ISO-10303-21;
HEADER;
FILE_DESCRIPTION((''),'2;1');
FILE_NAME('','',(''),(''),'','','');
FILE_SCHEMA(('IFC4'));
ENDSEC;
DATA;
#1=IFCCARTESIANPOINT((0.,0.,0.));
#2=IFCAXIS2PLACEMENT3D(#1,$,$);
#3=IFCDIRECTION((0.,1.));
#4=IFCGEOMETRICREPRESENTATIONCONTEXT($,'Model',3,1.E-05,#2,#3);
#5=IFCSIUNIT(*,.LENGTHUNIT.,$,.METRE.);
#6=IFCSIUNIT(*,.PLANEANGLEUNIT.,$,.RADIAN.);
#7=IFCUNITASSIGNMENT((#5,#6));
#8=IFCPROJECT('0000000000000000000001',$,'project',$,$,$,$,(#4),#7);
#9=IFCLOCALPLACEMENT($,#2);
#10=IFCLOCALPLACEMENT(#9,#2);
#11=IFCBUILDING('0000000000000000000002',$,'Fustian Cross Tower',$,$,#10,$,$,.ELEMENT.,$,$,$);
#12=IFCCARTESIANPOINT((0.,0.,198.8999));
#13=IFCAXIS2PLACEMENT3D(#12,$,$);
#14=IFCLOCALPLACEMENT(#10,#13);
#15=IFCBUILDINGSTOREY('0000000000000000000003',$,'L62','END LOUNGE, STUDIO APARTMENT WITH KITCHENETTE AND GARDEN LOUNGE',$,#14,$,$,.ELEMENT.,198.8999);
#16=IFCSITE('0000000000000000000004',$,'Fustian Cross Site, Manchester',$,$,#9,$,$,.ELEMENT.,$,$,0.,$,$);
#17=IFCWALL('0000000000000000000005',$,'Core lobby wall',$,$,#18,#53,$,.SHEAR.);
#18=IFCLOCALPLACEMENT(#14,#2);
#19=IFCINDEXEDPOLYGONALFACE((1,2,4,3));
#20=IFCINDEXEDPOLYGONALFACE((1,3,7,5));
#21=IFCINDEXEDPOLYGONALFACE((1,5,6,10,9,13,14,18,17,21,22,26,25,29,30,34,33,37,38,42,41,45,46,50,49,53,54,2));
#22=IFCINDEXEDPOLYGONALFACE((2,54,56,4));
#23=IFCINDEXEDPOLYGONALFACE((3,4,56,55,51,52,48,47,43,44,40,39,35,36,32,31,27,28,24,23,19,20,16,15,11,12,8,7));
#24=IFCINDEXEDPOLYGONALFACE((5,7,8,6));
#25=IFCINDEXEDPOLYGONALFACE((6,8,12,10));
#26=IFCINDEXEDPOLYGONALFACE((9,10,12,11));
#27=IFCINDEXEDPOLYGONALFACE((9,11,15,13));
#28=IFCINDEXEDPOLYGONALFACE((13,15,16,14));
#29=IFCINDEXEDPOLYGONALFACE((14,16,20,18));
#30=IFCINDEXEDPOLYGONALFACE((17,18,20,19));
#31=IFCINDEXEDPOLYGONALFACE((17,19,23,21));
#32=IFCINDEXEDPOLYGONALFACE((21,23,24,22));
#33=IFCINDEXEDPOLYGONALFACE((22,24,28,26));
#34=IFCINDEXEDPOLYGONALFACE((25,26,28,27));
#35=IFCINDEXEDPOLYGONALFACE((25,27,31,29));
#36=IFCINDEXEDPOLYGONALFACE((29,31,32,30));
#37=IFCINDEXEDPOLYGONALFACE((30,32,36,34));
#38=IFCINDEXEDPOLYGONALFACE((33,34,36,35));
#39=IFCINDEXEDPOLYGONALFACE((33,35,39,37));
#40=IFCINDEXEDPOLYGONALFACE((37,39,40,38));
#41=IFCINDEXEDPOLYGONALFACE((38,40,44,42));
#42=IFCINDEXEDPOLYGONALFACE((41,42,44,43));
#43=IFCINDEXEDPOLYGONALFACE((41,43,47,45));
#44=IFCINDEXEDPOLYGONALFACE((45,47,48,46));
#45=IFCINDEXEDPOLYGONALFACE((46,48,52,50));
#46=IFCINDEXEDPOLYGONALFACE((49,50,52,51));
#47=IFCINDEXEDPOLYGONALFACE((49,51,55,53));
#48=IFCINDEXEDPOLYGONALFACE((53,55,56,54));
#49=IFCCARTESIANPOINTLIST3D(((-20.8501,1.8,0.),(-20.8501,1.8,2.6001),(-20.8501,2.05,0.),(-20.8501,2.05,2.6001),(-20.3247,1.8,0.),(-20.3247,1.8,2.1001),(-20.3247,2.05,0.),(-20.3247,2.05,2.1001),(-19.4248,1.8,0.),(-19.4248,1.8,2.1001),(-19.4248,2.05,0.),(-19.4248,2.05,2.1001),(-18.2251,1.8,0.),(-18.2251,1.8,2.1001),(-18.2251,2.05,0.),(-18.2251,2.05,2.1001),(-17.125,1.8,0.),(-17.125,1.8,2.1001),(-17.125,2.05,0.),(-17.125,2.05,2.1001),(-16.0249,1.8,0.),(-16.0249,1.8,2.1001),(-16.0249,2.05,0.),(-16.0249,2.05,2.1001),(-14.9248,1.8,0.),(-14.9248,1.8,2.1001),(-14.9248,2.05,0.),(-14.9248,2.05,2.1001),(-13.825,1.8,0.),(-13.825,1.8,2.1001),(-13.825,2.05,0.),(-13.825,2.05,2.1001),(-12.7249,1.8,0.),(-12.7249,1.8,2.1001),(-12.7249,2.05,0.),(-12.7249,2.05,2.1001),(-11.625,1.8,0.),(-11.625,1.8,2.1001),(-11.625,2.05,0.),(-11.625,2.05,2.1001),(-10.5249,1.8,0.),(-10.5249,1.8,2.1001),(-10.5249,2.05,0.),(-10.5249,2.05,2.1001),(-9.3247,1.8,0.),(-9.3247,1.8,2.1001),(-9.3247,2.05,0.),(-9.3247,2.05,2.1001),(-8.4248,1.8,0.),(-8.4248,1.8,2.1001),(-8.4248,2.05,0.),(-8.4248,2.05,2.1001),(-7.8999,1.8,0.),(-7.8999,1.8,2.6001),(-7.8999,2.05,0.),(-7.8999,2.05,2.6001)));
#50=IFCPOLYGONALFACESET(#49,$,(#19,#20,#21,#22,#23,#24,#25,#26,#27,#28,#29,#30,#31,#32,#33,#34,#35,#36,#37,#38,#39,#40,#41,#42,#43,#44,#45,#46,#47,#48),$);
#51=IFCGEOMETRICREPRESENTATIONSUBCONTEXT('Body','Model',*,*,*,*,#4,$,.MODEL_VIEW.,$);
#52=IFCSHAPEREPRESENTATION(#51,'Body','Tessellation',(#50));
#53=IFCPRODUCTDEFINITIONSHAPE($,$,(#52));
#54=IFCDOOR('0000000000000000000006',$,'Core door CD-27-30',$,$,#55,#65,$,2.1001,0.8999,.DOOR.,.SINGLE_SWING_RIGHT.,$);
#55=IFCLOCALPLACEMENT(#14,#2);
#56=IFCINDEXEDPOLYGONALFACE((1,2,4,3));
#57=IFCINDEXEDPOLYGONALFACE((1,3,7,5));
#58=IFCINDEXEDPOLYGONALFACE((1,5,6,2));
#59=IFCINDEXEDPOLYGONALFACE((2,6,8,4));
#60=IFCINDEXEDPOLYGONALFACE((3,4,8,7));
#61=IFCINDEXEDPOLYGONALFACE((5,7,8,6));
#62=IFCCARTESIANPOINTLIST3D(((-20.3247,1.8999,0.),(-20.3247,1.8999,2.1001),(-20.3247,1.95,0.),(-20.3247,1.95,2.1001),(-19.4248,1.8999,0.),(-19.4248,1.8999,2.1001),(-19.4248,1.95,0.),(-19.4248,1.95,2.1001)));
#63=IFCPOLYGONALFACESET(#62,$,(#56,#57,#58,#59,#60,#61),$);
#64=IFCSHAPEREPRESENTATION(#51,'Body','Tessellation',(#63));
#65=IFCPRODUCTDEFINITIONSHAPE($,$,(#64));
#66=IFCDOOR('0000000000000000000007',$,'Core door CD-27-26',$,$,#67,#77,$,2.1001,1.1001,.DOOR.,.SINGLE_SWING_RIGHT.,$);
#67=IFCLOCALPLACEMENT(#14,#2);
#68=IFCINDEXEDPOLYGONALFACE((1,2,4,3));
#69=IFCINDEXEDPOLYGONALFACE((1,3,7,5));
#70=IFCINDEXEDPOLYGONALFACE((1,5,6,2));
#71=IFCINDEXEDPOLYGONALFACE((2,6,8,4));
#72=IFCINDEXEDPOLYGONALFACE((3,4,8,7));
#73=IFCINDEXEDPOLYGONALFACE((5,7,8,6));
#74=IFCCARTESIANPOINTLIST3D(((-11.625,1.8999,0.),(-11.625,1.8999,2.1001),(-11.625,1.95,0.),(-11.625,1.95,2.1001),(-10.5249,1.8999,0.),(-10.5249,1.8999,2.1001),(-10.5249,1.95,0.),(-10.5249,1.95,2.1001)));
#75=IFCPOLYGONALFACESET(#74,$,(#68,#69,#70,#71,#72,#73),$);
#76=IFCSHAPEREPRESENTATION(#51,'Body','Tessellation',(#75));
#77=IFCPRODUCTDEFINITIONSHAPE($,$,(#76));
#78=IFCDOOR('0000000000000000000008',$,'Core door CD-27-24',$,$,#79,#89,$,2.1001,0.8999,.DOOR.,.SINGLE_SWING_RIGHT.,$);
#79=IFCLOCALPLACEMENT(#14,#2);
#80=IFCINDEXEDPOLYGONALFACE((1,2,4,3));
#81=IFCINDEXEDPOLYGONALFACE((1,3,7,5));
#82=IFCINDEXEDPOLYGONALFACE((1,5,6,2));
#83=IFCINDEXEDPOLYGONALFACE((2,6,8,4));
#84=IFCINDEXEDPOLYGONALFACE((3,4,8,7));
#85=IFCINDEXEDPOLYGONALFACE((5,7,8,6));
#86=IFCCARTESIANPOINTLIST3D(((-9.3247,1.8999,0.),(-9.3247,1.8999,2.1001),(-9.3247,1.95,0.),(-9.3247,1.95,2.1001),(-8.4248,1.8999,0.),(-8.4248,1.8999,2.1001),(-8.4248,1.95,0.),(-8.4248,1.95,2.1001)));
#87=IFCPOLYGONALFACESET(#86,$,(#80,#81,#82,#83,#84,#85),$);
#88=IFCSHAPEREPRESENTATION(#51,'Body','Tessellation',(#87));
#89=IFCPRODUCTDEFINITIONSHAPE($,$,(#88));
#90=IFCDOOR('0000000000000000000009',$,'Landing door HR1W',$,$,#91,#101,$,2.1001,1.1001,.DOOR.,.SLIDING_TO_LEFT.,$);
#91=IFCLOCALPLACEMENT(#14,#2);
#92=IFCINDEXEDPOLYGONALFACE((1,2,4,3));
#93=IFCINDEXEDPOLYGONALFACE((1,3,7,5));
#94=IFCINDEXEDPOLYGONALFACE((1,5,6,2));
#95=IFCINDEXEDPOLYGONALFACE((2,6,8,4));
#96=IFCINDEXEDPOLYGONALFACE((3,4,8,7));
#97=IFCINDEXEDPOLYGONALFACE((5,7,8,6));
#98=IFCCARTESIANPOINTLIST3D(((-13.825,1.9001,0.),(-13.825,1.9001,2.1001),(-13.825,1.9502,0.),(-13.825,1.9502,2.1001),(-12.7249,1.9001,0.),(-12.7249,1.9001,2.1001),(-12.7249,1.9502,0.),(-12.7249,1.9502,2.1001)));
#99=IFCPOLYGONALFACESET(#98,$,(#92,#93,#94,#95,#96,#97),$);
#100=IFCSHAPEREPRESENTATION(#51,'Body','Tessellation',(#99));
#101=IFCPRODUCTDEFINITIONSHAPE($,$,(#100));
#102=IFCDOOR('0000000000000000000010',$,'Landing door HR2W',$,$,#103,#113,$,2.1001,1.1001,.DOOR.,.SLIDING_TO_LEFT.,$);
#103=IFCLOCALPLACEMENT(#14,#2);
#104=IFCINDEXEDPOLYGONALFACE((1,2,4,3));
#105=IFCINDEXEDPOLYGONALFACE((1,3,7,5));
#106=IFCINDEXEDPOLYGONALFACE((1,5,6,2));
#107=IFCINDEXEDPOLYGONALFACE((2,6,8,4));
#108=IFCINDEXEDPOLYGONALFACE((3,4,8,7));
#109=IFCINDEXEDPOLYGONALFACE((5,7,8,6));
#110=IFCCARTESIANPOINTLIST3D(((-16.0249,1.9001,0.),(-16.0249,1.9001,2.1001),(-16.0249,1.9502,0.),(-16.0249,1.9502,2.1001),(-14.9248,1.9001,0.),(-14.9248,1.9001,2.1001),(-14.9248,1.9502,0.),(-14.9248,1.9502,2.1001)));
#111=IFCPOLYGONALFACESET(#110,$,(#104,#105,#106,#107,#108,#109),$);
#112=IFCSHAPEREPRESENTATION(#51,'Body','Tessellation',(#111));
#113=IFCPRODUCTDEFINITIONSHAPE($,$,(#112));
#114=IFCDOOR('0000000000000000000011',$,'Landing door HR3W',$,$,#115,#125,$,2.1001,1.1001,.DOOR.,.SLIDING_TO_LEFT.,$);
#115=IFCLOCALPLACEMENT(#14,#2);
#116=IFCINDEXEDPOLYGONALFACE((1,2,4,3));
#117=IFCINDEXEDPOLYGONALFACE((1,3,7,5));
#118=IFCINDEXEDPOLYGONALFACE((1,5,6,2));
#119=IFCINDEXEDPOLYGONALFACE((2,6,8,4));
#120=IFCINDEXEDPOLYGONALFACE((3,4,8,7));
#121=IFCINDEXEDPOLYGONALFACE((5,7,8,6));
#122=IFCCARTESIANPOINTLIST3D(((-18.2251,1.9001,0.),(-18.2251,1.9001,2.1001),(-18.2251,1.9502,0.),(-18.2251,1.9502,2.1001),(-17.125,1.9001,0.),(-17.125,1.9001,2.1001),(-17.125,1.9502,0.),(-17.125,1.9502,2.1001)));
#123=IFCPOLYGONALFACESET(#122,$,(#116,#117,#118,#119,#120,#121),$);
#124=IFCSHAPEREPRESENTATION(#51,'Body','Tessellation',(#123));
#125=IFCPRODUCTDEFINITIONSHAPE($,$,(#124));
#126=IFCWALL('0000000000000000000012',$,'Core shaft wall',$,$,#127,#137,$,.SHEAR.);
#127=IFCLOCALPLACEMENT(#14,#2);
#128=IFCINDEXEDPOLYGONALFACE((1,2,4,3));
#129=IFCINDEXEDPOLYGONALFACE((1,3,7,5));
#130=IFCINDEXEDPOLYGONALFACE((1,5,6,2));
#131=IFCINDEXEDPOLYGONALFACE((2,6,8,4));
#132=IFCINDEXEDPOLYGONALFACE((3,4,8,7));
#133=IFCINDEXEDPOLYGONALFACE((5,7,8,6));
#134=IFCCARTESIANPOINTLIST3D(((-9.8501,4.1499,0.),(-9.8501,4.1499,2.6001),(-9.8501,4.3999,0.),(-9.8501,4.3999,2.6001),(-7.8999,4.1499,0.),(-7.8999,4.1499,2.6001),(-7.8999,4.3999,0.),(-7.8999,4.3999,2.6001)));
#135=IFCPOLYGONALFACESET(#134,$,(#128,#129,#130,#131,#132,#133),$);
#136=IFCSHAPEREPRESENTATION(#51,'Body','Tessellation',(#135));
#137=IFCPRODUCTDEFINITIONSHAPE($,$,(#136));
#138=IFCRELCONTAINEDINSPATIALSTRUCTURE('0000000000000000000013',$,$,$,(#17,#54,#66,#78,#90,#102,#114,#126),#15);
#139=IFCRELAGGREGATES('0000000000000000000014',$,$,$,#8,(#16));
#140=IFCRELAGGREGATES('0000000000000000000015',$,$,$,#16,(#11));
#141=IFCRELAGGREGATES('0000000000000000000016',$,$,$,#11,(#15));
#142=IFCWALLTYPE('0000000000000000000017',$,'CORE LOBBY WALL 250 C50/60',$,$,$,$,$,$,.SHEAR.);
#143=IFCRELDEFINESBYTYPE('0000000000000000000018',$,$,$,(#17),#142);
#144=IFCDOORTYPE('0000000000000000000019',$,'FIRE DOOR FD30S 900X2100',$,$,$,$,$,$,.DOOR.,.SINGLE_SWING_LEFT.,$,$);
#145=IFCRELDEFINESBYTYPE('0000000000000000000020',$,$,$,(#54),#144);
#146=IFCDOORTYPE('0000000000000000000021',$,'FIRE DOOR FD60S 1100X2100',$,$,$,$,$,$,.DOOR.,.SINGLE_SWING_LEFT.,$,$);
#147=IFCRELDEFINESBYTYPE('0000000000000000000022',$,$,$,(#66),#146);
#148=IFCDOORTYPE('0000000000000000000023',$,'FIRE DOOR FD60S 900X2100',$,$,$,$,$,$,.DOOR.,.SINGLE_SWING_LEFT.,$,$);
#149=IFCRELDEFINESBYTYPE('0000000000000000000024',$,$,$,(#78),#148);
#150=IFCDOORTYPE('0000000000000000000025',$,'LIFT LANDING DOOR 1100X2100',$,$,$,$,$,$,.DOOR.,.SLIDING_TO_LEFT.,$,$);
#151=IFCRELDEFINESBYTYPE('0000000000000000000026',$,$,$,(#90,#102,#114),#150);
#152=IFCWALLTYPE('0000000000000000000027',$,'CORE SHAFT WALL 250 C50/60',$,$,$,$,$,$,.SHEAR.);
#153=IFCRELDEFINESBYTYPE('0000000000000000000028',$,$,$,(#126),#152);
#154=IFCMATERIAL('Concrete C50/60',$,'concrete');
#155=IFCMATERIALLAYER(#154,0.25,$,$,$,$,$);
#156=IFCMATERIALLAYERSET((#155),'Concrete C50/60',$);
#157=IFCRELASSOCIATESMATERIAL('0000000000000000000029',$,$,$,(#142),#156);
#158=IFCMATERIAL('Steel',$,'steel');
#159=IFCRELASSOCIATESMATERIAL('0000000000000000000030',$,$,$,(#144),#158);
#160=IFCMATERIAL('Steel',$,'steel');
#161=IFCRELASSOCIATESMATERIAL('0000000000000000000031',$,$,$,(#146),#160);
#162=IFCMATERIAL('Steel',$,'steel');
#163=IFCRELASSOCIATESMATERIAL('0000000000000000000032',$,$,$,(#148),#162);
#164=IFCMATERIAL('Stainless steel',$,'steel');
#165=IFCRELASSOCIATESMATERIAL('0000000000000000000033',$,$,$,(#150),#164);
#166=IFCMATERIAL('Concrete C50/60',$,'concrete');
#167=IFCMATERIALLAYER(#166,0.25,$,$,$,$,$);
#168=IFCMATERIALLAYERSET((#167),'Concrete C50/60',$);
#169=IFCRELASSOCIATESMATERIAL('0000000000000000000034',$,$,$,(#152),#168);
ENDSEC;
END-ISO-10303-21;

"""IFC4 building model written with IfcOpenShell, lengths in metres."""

from ifc_helpers import new_model, si_unit, direction, frame, frame_2d, origin, place, context, subcontext, project, spatial, rectangle, extrude, material, layer, layer_set, type_object, element, fill, save


model = new_model("IFC4")

# Units and contexts
model_context = context("Model", 3, precision=1e-05, world=origin(), true_north=direction((0.0, 1.0)))
body_context = subcontext(model_context, "Body", "Model", "MODEL_VIEW")
ifc_project = project(units=[si_unit("LENGTHUNIT", "METRE"), si_unit("PLANEANGLEUNIT", "RADIAN")], contexts=[model_context])

# Site, building, storey
site_placement = place(None, origin())
site = spatial("IfcSite", under=ifc_project, at=site_placement, Name="Fustian Cross Site, Manchester", CompositionType="ELEMENT", RefElevation=0.0)
building_placement = place(site_placement, origin())
building = spatial("IfcBuilding", under=site, at=building_placement, Name="Fustian Cross Tower", CompositionType="ELEMENT")
storey_placement = place(building_placement, frame((0.0, 0.0, 198.8999)))
storey = spatial("IfcBuildingStorey", under=building, at=storey_placement, Name="L62", Description="END LOUNGE, STUDIO APARTMENT WITH KITCHENETTE AND GARDEN LOUNGE", CompositionType="ELEMENT", Elevation=198.8999)

# Wall, openings, doors
ifc_material_1 = material(Name="Concrete C50/60", Category="concrete")
ifc_layer_1 = layer(ifc_material_1, 0.25)
ifc_layer_set_1 = layer_set([ifc_layer_1], Name="Concrete C50/60")
wall_type_1 = type_object("IfcWallType", Name="CORE LOBBY WALL 250 C50/60", PredefinedType="SHEAR", material=ifc_layer_set_1)
wall_1_placement = place(storey_placement, frame((-7.8999, 1.925, 0.0), z_axis=(0.0, 0.0, 1.0), x_axis=(-1.0, 0.0, 0.0)))
wall_1 = element("IfcWall", 1, at=wall_1_placement, inside=storey, type_object=wall_type_1, Name="Core lobby wall", PredefinedType="SHEAR", context=body_context, shape_type="SweptSolid", body=[
    extrude(rectangle(XDim=12.9502, YDim=0.25, at=frame_2d((6.4751, 0.0))), origin(), (0.0, 0.0, 1.0), 2.6001),
])
opening_1_placement = place(wall_1_placement, frame((4.825, 0.0, 0.0)))
opening_1 = element("IfcOpeningElement", 2, at=opening_1_placement, cuts=wall_1, PredefinedType="OPENING", context=body_context, shape_type="SweptSolid", body=[
    extrude(rectangle(XDim=1.1001, YDim=2.1001, at=frame_2d((0.55, 1.05))), frame((0.0, 0.135, 0.0), z_axis=(0.0, -1.0, 0.0), x_axis=(1.0, 0.0, 0.0)), (0.0, 0.0, 1.0), 0.27),
])
opening_2_placement = place(wall_1_placement, frame((7.0249, 0.0, 0.0)))
opening_2 = element("IfcOpeningElement", 3, at=opening_2_placement, cuts=wall_1, PredefinedType="OPENING", context=body_context, shape_type="SweptSolid", body=[
    extrude(rectangle(XDim=1.1001, YDim=2.1001, at=frame_2d((0.55, 1.05))), frame((0.0, 0.135, 0.0), z_axis=(0.0, -1.0, 0.0), x_axis=(1.0, 0.0, 0.0)), (0.0, 0.0, 1.0), 0.27),
])
opening_3_placement = place(wall_1_placement, frame((9.2251, 0.0, 0.0)))
opening_3 = element("IfcOpeningElement", 4, at=opening_3_placement, cuts=wall_1, PredefinedType="OPENING", context=body_context, shape_type="SweptSolid", body=[
    extrude(rectangle(XDim=1.1001, YDim=2.1001, at=frame_2d((0.55, 1.05))), frame((0.0, 0.135, 0.0), z_axis=(0.0, -1.0, 0.0), x_axis=(1.0, 0.0, 0.0)), (0.0, 0.0, 1.0), 0.27),
])
opening_4_placement = place(wall_1_placement, frame((0.5249, 0.0, 0.0)))
opening_4 = element("IfcOpeningElement", 5, at=opening_4_placement, cuts=wall_1, PredefinedType="OPENING", context=body_context, shape_type="SweptSolid", body=[
    extrude(rectangle(XDim=0.8999, YDim=2.1001, at=frame_2d((0.45, 1.05))), frame((0.0, 0.135, 0.0), z_axis=(0.0, -1.0, 0.0), x_axis=(1.0, 0.0, 0.0)), (0.0, 0.0, 1.0), 0.27),
])
opening_5_placement = place(wall_1_placement, frame((2.625, 0.0, 0.0)))
opening_5 = element("IfcOpeningElement", 6, at=opening_5_placement, cuts=wall_1, PredefinedType="OPENING", context=body_context, shape_type="SweptSolid", body=[
    extrude(rectangle(XDim=1.1001, YDim=2.1001, at=frame_2d((0.55, 1.05))), frame((0.0, 0.135, 0.0), z_axis=(0.0, -1.0, 0.0), x_axis=(1.0, 0.0, 0.0)), (0.0, 0.0, 1.0), 0.27),
])
opening_6_placement = place(wall_1_placement, frame((11.5249, 0.0, 0.0)))
opening_6 = element("IfcOpeningElement", 7, at=opening_6_placement, cuts=wall_1, PredefinedType="OPENING", context=body_context, shape_type="SweptSolid", body=[
    extrude(rectangle(XDim=0.8999, YDim=2.1001, at=frame_2d((0.45, 1.05))), frame((0.0, 0.135, 0.0), z_axis=(0.0, -1.0, 0.0), x_axis=(1.0, 0.0, 0.0)), (0.0, 0.0, 1.0), 0.27),
])
ifc_material_2 = material(Name="Steel", Category="steel")
door_type_1 = type_object("IfcDoorType", Name="FIRE DOOR FD30S 900X2100", OperationType="SINGLE_SWING_LEFT", PredefinedType="DOOR", material=ifc_material_2)
door_1_placement = place(opening_6_placement, frame((0.8999, 0.0, 0.0), z_axis=(0.0, 0.0, 1.0), x_axis=(-1.0, 0.0, 0.0)))
door_1 = element("IfcDoor", 8, at=door_1_placement, inside=storey, type_object=door_type_1, Name="Core door CD-27-30", OperationType="SINGLE_SWING_RIGHT", OverallHeight=2.1001, OverallWidth=0.8999, PredefinedType="DOOR", context=body_context, shape_type="SweptSolid", body=[
    extrude(rectangle(XDim=0.8999, YDim=2.1001, at=frame_2d((0.45, 1.05))), frame((0.0, 0.0249, 0.0), z_axis=(0.0, -1.0, 0.0), x_axis=(1.0, 0.0, 0.0)), (0.0, 0.0, 1.0), 0.05),
])
fill(opening_6, door_1)
ifc_material_3 = material(Name="Steel", Category="steel")
door_type_2 = type_object("IfcDoorType", Name="FIRE DOOR FD60S 1100X2100", OperationType="SINGLE_SWING_LEFT", PredefinedType="DOOR", material=ifc_material_3)
door_2_placement = place(opening_5_placement, frame((1.1001, 0.0, 0.0), z_axis=(0.0, 0.0, 1.0), x_axis=(-1.0, 0.0, 0.0)))
door_2 = element("IfcDoor", 9, at=door_2_placement, inside=storey, type_object=door_type_2, Name="Core door CD-27-26", OperationType="SINGLE_SWING_RIGHT", OverallHeight=2.1001, OverallWidth=1.1001, PredefinedType="DOOR", context=body_context, shape_type="SweptSolid", body=[
    extrude(rectangle(XDim=1.1001, YDim=2.1001, at=frame_2d((0.55, 1.05))), frame((0.0, 0.0249, 0.0), z_axis=(0.0, -1.0, 0.0), x_axis=(1.0, 0.0, 0.0)), (0.0, 0.0, 1.0), 0.05),
])
fill(opening_5, door_2)
ifc_material_4 = material(Name="Steel", Category="steel")
door_type_3 = type_object("IfcDoorType", Name="FIRE DOOR FD60S 900X2100", OperationType="SINGLE_SWING_LEFT", PredefinedType="DOOR", material=ifc_material_4)
door_3_placement = place(opening_4_placement, frame((0.8999, 0.0, 0.0), z_axis=(0.0, 0.0, 1.0), x_axis=(-1.0, 0.0, 0.0)))
door_3 = element("IfcDoor", 10, at=door_3_placement, inside=storey, type_object=door_type_3, Name="Core door CD-27-24", OperationType="SINGLE_SWING_RIGHT", OverallHeight=2.1001, OverallWidth=0.8999, PredefinedType="DOOR", context=body_context, shape_type="SweptSolid", body=[
    extrude(rectangle(XDim=0.8999, YDim=2.1001, at=frame_2d((0.45, 1.05))), frame((0.0, 0.0249, 0.0), z_axis=(0.0, -1.0, 0.0), x_axis=(1.0, 0.0, 0.0)), (0.0, 0.0, 1.0), 0.05),
])
fill(opening_4, door_3)
ifc_material_5 = material(Name="Stainless steel", Category="steel")
door_type_4 = type_object("IfcDoorType", Name="LIFT LANDING DOOR 1100X2100", OperationType="SLIDING_TO_LEFT", PredefinedType="DOOR", material=ifc_material_5)
door_4_placement = place(opening_1_placement, origin())
door_4 = element("IfcDoor", 11, at=door_4_placement, inside=storey, type_object=door_type_4, Name="Landing door HR1W", OperationType="SLIDING_TO_LEFT", OverallHeight=2.1001, OverallWidth=1.1001, PredefinedType="DOOR", context=body_context, shape_type="SweptSolid", body=[
    extrude(rectangle(XDim=1.1001, YDim=2.1001, at=frame_2d((0.55, 1.05))), frame((0.0, 0.0249, 0.0), z_axis=(0.0, -1.0, 0.0), x_axis=(1.0, 0.0, 0.0)), (0.0, 0.0, 1.0), 0.05),
])
fill(opening_1, door_4)
door_5_placement = place(opening_2_placement, origin())
door_5 = element("IfcDoor", 12, at=door_5_placement, inside=storey, type_object=door_type_4, Name="Landing door HR2W", OperationType="SLIDING_TO_LEFT", OverallHeight=2.1001, OverallWidth=1.1001, PredefinedType="DOOR", context=body_context, shape_type="SweptSolid", body=[
    extrude(rectangle(XDim=1.1001, YDim=2.1001, at=frame_2d((0.55, 1.05))), frame((0.0, 0.0249, 0.0), z_axis=(0.0, -1.0, 0.0), x_axis=(1.0, 0.0, 0.0)), (0.0, 0.0, 1.0), 0.05),
])
fill(opening_2, door_5)
door_6_placement = place(opening_3_placement, origin())
door_6 = element("IfcDoor", 13, at=door_6_placement, inside=storey, type_object=door_type_4, Name="Landing door HR3W", OperationType="SLIDING_TO_LEFT", OverallHeight=2.1001, OverallWidth=1.1001, PredefinedType="DOOR", context=body_context, shape_type="SweptSolid", body=[
    extrude(rectangle(XDim=1.1001, YDim=2.1001, at=frame_2d((0.55, 1.05))), frame((0.0, 0.0249, 0.0), z_axis=(0.0, -1.0, 0.0), x_axis=(1.0, 0.0, 0.0)), (0.0, 0.0, 1.0), 0.05),
])
fill(opening_3, door_6)

# Wall
ifc_material_6 = material(Name="Concrete C50/60", Category="concrete")
ifc_layer_2 = layer(ifc_material_6, 0.25)
ifc_layer_set_2 = layer_set([ifc_layer_2], Name="Concrete C50/60")
wall_type_2 = type_object("IfcWallType", Name="CORE SHAFT WALL 250 C50/60", PredefinedType="SHEAR", material=ifc_layer_set_2)
wall_2_placement = place(storey_placement, frame((-7.8999, 4.2749, 0.0), z_axis=(0.0, 0.0, 1.0), x_axis=(-1.0, 0.0, 0.0)))
element("IfcWall", 14, at=wall_2_placement, inside=storey, type_object=wall_type_2, Name="Core shaft wall", PredefinedType="SHEAR", context=body_context, shape_type="SweptSolid", body=[
    extrude(rectangle(XDim=1.9502, YDim=0.25, at=frame_2d((0.9751, 0.0))), origin(), (0.0, 0.0, 1.0), 2.6001),
])

save(model, "model.ifc")
